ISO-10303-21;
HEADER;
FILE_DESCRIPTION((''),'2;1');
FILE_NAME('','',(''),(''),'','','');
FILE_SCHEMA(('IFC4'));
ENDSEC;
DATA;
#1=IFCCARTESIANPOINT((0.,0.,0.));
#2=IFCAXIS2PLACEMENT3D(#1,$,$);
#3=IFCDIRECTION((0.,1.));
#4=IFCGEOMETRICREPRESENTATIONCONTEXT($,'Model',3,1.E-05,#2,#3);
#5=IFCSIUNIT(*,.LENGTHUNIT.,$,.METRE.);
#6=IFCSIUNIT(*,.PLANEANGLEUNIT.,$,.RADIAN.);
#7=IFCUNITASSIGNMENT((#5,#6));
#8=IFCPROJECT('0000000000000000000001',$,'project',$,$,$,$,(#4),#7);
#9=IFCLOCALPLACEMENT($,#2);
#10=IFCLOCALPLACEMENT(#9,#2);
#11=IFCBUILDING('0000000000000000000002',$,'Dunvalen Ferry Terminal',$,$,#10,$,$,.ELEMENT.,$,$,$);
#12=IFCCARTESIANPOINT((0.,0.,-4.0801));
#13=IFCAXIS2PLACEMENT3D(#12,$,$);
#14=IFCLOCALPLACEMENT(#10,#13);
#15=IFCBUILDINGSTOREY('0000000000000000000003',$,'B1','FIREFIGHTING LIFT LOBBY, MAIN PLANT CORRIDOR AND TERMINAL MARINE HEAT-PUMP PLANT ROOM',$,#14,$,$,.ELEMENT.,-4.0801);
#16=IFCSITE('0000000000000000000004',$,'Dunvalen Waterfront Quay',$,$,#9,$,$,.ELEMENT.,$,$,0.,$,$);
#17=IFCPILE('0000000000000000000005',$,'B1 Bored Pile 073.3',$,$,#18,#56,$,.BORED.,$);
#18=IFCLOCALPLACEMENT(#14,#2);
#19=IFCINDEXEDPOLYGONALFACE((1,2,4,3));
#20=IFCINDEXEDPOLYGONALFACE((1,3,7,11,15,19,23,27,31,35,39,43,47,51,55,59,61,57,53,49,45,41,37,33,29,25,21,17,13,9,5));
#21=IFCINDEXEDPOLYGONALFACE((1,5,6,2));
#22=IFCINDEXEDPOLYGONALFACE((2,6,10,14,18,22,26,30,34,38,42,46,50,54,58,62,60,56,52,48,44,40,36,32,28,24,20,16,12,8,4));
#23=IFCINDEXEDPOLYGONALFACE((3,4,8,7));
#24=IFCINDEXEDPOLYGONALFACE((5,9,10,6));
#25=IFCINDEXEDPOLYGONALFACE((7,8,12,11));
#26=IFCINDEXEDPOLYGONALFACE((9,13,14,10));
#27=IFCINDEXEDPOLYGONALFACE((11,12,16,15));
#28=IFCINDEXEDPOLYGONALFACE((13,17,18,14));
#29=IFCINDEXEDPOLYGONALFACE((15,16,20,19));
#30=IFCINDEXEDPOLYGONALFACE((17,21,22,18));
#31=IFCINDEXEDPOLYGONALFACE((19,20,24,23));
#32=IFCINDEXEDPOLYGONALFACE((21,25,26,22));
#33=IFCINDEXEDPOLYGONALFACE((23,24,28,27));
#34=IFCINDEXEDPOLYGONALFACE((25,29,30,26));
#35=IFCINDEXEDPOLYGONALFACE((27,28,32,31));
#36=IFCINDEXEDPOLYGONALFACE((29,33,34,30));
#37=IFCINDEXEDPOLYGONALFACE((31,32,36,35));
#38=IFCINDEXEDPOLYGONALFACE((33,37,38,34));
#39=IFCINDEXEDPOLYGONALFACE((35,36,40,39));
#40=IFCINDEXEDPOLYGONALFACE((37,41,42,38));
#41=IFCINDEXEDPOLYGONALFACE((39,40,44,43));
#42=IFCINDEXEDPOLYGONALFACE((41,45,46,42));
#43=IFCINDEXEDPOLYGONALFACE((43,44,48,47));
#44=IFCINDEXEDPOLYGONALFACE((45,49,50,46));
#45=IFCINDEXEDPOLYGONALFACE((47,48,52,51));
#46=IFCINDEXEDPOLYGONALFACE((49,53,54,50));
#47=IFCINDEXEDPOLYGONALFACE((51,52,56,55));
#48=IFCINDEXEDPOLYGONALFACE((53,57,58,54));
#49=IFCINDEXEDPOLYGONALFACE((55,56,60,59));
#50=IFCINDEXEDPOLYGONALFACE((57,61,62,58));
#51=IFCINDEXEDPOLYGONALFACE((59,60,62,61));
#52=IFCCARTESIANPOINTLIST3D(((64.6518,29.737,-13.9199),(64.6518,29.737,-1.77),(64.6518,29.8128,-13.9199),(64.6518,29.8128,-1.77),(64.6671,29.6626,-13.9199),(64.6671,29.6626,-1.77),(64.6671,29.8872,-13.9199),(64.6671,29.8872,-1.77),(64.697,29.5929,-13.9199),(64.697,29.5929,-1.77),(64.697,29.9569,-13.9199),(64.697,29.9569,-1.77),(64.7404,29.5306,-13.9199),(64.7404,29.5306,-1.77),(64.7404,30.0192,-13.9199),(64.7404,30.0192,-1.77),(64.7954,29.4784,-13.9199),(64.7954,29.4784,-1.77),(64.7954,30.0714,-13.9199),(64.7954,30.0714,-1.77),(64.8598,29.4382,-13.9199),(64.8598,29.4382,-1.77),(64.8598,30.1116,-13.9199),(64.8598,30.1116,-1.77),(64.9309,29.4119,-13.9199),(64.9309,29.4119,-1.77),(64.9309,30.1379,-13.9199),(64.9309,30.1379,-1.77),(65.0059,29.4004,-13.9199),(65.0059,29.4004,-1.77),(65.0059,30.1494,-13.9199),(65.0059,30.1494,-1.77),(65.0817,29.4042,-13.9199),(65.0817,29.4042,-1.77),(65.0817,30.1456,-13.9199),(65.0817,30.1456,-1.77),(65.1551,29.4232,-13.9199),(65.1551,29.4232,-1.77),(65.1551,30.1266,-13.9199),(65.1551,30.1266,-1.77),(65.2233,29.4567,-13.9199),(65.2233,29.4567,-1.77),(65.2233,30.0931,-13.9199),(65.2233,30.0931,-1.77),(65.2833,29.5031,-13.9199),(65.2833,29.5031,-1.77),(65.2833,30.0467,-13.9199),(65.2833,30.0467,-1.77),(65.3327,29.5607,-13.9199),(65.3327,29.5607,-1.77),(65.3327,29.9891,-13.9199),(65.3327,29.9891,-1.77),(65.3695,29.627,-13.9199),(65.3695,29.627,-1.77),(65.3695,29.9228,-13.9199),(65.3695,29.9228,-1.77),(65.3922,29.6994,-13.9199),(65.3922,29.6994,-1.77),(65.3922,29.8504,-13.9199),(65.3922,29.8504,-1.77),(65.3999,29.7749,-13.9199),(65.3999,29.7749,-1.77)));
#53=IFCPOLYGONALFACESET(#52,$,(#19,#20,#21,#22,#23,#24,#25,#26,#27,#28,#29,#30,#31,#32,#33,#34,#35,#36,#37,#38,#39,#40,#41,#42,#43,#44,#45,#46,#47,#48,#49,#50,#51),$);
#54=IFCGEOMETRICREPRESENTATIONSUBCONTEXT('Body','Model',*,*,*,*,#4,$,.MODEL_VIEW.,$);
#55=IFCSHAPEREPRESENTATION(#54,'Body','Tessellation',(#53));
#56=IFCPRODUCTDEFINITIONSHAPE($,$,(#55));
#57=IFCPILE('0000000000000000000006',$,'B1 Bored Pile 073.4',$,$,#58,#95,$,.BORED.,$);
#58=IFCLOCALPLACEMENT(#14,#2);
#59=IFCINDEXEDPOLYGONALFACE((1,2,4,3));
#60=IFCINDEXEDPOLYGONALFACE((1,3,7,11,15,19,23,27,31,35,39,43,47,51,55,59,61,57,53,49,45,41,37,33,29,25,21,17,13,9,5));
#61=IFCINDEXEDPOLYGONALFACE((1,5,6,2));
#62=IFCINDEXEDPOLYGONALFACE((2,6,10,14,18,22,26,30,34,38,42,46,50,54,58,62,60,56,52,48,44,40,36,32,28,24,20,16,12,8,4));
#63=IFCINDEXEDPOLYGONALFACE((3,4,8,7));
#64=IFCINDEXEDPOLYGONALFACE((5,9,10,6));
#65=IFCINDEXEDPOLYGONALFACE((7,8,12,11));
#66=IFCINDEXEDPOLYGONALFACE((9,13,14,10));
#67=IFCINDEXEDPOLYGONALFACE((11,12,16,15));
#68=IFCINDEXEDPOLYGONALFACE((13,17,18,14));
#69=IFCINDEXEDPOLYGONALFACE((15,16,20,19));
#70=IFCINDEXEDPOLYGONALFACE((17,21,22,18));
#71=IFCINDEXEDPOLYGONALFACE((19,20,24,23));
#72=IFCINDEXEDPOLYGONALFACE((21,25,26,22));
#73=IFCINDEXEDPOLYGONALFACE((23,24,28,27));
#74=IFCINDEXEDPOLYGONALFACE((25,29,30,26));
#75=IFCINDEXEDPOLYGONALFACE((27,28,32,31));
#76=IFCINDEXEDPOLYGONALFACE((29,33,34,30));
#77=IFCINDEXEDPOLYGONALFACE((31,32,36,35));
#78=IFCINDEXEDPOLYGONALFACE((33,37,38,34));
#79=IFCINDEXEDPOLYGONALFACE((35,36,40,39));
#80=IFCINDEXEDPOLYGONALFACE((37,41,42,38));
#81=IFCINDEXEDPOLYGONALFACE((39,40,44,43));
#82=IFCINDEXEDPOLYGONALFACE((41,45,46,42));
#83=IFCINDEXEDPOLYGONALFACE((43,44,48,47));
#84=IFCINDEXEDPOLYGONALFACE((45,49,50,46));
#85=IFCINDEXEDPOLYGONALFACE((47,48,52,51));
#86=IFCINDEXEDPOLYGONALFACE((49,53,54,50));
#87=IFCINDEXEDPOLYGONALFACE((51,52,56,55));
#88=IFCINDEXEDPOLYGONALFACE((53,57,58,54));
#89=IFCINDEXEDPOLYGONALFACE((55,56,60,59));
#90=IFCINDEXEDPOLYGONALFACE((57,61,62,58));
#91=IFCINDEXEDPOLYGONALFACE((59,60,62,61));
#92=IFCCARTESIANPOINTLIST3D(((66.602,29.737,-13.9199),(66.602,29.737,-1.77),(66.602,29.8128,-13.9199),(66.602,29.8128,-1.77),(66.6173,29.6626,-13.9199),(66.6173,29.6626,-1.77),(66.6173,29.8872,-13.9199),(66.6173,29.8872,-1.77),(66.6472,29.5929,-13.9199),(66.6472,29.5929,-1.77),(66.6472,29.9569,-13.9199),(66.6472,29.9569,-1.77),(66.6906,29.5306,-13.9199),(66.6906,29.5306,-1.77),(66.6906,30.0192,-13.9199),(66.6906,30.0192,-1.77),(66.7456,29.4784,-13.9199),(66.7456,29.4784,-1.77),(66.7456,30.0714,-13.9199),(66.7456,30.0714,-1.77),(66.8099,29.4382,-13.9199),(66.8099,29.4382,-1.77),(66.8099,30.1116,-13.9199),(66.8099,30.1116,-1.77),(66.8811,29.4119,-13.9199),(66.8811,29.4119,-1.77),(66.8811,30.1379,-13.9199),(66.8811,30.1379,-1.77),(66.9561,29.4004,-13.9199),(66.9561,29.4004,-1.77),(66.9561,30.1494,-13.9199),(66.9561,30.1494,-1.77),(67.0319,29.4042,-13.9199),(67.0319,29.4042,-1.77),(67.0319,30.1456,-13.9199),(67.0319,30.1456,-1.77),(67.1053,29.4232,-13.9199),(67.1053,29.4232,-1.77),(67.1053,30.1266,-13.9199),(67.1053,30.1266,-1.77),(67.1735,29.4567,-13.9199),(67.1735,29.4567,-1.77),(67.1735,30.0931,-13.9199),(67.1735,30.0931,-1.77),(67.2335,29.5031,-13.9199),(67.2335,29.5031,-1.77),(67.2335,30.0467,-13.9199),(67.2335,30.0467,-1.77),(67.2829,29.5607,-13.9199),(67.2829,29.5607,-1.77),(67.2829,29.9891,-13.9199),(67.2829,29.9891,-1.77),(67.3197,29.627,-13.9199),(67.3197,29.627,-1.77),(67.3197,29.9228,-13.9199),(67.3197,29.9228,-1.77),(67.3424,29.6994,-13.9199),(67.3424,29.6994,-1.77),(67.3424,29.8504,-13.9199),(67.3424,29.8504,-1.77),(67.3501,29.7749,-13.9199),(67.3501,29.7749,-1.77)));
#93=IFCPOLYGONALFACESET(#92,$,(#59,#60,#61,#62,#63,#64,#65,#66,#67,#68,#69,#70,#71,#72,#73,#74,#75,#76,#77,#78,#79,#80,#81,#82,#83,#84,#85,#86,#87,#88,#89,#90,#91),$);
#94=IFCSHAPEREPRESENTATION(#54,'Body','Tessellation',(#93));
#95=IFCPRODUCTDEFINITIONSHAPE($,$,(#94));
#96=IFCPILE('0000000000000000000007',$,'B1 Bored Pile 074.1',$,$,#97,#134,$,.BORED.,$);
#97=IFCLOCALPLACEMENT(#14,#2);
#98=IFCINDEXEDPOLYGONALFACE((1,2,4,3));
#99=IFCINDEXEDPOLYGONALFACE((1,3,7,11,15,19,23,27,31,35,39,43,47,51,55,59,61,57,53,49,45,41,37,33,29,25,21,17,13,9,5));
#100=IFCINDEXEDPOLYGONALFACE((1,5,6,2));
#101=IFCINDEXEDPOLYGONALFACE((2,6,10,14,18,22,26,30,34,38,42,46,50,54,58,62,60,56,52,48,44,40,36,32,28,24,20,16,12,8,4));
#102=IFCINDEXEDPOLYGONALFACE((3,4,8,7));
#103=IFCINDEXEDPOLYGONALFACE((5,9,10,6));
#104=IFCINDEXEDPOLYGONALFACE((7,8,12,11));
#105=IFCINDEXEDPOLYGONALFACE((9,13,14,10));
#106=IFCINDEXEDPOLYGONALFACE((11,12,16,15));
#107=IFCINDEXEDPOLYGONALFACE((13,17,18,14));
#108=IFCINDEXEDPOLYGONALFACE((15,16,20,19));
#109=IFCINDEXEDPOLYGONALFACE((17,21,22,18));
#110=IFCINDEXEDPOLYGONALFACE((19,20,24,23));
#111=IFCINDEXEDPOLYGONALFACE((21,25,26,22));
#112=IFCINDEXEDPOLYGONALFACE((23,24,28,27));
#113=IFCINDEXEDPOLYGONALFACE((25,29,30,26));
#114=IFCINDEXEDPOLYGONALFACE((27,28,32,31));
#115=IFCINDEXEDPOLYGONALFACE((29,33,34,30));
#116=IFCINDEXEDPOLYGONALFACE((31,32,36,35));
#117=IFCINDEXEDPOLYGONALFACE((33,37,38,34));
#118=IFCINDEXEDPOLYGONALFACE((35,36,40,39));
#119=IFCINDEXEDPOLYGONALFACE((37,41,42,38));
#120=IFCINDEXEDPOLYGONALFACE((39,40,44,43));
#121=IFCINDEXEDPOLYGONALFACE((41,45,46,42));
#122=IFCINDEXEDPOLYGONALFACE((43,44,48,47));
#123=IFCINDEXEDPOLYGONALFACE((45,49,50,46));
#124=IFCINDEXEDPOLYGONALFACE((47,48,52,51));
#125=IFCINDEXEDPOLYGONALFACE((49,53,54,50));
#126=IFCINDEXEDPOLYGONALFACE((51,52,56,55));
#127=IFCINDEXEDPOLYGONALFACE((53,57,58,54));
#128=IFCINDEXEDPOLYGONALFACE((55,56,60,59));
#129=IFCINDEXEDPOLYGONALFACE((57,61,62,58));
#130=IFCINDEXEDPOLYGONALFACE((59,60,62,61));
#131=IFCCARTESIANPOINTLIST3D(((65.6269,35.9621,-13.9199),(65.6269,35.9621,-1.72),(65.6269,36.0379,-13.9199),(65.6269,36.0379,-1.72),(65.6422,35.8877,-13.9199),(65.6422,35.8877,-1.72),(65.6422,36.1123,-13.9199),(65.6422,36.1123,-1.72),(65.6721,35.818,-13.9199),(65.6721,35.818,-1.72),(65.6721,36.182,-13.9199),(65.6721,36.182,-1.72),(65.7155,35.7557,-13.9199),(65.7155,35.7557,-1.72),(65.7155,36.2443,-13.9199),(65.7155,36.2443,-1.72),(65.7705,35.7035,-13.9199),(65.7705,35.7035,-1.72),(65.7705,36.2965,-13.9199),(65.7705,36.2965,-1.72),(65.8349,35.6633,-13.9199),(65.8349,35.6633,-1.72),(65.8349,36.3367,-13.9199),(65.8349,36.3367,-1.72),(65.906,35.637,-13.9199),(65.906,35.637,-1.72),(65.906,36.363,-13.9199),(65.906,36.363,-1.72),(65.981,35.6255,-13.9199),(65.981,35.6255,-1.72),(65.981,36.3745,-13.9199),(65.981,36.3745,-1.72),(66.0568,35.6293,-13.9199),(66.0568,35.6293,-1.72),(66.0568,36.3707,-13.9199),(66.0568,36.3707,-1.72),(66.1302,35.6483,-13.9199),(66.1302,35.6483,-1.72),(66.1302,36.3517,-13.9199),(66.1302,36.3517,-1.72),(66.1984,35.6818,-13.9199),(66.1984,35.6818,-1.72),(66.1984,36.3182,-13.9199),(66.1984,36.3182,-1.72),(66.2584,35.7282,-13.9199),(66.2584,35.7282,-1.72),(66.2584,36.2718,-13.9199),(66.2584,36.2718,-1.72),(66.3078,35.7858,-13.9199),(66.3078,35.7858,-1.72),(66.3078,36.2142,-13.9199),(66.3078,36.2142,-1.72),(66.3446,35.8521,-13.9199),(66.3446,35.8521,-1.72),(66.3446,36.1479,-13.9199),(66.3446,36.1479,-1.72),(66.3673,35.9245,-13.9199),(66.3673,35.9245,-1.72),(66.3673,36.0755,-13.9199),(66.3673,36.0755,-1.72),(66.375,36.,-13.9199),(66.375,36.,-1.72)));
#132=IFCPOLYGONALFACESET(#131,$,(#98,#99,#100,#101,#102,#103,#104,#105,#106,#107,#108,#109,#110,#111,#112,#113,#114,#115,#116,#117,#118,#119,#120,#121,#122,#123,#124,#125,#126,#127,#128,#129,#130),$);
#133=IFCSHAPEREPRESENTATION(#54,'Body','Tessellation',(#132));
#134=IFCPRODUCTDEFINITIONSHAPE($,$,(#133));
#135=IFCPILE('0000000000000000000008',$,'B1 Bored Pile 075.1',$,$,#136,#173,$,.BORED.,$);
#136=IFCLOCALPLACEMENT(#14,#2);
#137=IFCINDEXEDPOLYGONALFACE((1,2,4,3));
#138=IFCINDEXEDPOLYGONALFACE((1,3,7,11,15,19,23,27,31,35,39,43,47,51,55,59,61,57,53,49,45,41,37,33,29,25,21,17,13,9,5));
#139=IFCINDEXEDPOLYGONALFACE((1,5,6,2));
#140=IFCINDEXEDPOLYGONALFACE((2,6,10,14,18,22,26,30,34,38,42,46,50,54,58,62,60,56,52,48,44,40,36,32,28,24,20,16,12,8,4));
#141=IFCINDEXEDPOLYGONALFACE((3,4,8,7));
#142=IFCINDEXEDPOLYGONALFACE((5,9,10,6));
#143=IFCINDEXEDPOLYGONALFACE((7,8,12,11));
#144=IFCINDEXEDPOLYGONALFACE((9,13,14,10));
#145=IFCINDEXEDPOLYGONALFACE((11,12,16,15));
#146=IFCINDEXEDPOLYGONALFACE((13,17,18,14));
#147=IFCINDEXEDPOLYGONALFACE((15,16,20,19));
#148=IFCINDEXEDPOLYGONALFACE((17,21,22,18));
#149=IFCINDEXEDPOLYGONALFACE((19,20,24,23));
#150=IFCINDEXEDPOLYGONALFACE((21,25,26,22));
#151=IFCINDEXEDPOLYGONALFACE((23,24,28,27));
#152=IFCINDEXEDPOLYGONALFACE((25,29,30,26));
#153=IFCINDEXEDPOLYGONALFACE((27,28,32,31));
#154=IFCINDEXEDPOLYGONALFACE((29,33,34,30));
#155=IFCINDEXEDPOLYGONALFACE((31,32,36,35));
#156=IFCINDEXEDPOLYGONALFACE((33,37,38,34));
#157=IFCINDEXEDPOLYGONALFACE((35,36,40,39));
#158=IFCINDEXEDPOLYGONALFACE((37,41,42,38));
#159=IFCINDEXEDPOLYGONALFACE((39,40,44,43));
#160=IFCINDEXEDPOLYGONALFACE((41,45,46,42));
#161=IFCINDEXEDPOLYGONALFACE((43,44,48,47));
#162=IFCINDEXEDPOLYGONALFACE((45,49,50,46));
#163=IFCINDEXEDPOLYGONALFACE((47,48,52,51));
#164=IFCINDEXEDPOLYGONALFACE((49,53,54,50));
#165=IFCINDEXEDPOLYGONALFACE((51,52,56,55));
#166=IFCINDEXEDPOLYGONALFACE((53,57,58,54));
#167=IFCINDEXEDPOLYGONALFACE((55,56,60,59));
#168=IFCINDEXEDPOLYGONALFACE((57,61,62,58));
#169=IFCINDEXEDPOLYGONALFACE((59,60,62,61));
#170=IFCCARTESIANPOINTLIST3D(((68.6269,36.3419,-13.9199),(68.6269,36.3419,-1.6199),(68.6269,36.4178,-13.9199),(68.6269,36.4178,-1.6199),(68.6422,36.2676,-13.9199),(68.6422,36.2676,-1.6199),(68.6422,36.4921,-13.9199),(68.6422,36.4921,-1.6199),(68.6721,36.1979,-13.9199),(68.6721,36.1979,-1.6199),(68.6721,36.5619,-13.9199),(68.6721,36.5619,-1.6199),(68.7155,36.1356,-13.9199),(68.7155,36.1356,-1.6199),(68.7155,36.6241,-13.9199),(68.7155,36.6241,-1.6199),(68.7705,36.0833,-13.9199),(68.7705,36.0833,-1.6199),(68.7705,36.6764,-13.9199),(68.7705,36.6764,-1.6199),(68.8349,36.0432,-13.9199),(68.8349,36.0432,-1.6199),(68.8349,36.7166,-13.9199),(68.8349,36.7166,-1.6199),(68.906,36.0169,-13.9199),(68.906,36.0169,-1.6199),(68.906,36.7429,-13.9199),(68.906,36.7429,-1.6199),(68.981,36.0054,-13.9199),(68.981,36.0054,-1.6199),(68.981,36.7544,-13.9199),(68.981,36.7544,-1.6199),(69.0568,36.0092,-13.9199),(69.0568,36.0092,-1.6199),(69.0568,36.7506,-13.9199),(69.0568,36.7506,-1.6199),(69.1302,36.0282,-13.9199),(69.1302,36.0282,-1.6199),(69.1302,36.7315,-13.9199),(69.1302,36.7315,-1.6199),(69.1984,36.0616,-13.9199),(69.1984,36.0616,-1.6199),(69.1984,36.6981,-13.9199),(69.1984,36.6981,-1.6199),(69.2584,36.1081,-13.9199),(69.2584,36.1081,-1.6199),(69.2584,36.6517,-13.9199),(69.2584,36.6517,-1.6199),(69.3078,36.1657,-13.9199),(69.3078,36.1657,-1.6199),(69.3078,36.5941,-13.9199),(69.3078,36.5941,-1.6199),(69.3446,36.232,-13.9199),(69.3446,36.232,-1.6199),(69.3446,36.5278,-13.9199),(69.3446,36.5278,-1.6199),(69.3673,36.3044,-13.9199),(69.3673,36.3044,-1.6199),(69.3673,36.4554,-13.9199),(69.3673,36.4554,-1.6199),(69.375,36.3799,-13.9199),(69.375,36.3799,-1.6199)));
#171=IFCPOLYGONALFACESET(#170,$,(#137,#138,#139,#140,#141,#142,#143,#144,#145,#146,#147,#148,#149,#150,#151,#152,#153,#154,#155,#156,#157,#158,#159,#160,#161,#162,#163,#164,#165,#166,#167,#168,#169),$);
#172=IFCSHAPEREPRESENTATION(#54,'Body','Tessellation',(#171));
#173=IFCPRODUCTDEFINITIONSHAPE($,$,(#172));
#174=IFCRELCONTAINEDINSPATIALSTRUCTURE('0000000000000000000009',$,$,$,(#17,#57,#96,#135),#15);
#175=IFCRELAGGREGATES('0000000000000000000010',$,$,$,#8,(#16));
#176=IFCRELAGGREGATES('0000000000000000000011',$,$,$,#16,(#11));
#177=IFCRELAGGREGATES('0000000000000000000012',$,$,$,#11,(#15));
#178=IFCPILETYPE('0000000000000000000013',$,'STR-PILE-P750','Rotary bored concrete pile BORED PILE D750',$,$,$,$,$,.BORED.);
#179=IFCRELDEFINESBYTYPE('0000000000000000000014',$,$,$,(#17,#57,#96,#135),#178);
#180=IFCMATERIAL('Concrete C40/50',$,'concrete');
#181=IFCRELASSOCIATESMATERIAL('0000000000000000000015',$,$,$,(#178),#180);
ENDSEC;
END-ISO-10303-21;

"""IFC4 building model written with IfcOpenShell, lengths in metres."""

from ifc_helpers import new_model, si_unit, direction, frame, origin, origin_2d, place, context, subcontext, project, spatial, circle, extrude, material, material_profile, profile_set, type_object, element, save


model = new_model("IFC4")

# Units and contexts
model_context = context("Model", 3, precision=1e-05, world=origin(), true_north=direction((0.0, 1.0)))
body_context = subcontext(model_context, "Body", "Model", "MODEL_VIEW")
ifc_project = project(units=[si_unit("LENGTHUNIT", "METRE"), si_unit("PLANEANGLEUNIT", "RADIAN")], contexts=[model_context])

# Site, building, storey
site_placement = place(None, origin())
site = spatial("IfcSite", under=ifc_project, at=site_placement, Name="Dunvalen Waterfront Quay", CompositionType="ELEMENT", RefElevation=0.0)
building_placement = place(site_placement, origin())
building = spatial("IfcBuilding", under=site, at=building_placement, Name="Dunvalen Ferry Terminal", CompositionType="ELEMENT")
storey_placement = place(building_placement, frame((0.0, 0.0, -4.0801)))
storey = spatial("IfcBuildingStorey", under=building, at=storey_placement, Name="B1", Description="FIREFIGHTING LIFT LOBBY, MAIN PLANT CORRIDOR AND TERMINAL MARINE HEAT-PUMP PLANT ROOM", CompositionType="ELEMENT", Elevation=-4.0801)

# Shared definitions
ifc_material = material(Name="Concrete C40/50", Category="concrete")

# Piles
ifc_material_profile_1 = material_profile(ifc_material, circle(Radius=0.375, at=origin_2d()), Name="Concrete C40/50")
ifc_profile_set_1 = profile_set([ifc_material_profile_1], Name="Concrete C40/50")
pile_type_1 = type_object("IfcPileType", Name="STR-PILE-P750", Description="Rotary bored concrete pile BORED PILE D750", PredefinedType="BORED", material=ifc_profile_set_1)
for number, where, z_axis, x_axis, name in (
    (1, (65.0249, 29.7749, -1.77), (0.0, 0.0, -1.0), (1.0, 0.0, 0.0), "B1 Bored Pile 073.3"),
    (2, (66.9751, 29.7749, -1.77), (0.0, 0.0, -1.0), (1.0, 0.0, 0.0), "B1 Bored Pile 073.4"),
):
    element("IfcPile", number, at=place(storey_placement, frame(where, z_axis=z_axis, x_axis=x_axis)), inside=storey, type_object=pile_type_1, Name=name, PredefinedType="BORED", context=body_context, shape_type="SweptSolid", body=[
        extrude(circle(Radius=0.375, at=origin_2d()), origin(), (0.0, 0.0, 1.0), 12.1499),
    ])
pile_1_placement = place(storey_placement, frame((66.0, 36.0, -1.72), z_axis=(0.0, 0.0, -1.0), x_axis=(1.0, 0.0, 0.0)))
element("IfcPile", 3, at=pile_1_placement, inside=storey, type_object=pile_type_1, Name="B1 Bored Pile 074.1", PredefinedType="BORED", context=body_context, shape_type="SweptSolid", body=[
    extrude(circle(Radius=0.375, at=origin_2d()), origin(), (0.0, 0.0, 1.0), 12.2),
])
pile_2_placement = place(storey_placement, frame((69.0, 36.3799, -1.6199), z_axis=(0.0, 0.0, -1.0), x_axis=(1.0, 0.0, 0.0)))
element("IfcPile", 4, at=pile_2_placement, inside=storey, type_object=pile_type_1, Name="B1 Bored Pile 075.1", PredefinedType="BORED", context=body_context, shape_type="SweptSolid", body=[
    extrude(circle(Radius=0.375, at=origin_2d()), origin(), (0.0, 0.0, 1.0), 12.3),
])

save(model, "model.ifc")
